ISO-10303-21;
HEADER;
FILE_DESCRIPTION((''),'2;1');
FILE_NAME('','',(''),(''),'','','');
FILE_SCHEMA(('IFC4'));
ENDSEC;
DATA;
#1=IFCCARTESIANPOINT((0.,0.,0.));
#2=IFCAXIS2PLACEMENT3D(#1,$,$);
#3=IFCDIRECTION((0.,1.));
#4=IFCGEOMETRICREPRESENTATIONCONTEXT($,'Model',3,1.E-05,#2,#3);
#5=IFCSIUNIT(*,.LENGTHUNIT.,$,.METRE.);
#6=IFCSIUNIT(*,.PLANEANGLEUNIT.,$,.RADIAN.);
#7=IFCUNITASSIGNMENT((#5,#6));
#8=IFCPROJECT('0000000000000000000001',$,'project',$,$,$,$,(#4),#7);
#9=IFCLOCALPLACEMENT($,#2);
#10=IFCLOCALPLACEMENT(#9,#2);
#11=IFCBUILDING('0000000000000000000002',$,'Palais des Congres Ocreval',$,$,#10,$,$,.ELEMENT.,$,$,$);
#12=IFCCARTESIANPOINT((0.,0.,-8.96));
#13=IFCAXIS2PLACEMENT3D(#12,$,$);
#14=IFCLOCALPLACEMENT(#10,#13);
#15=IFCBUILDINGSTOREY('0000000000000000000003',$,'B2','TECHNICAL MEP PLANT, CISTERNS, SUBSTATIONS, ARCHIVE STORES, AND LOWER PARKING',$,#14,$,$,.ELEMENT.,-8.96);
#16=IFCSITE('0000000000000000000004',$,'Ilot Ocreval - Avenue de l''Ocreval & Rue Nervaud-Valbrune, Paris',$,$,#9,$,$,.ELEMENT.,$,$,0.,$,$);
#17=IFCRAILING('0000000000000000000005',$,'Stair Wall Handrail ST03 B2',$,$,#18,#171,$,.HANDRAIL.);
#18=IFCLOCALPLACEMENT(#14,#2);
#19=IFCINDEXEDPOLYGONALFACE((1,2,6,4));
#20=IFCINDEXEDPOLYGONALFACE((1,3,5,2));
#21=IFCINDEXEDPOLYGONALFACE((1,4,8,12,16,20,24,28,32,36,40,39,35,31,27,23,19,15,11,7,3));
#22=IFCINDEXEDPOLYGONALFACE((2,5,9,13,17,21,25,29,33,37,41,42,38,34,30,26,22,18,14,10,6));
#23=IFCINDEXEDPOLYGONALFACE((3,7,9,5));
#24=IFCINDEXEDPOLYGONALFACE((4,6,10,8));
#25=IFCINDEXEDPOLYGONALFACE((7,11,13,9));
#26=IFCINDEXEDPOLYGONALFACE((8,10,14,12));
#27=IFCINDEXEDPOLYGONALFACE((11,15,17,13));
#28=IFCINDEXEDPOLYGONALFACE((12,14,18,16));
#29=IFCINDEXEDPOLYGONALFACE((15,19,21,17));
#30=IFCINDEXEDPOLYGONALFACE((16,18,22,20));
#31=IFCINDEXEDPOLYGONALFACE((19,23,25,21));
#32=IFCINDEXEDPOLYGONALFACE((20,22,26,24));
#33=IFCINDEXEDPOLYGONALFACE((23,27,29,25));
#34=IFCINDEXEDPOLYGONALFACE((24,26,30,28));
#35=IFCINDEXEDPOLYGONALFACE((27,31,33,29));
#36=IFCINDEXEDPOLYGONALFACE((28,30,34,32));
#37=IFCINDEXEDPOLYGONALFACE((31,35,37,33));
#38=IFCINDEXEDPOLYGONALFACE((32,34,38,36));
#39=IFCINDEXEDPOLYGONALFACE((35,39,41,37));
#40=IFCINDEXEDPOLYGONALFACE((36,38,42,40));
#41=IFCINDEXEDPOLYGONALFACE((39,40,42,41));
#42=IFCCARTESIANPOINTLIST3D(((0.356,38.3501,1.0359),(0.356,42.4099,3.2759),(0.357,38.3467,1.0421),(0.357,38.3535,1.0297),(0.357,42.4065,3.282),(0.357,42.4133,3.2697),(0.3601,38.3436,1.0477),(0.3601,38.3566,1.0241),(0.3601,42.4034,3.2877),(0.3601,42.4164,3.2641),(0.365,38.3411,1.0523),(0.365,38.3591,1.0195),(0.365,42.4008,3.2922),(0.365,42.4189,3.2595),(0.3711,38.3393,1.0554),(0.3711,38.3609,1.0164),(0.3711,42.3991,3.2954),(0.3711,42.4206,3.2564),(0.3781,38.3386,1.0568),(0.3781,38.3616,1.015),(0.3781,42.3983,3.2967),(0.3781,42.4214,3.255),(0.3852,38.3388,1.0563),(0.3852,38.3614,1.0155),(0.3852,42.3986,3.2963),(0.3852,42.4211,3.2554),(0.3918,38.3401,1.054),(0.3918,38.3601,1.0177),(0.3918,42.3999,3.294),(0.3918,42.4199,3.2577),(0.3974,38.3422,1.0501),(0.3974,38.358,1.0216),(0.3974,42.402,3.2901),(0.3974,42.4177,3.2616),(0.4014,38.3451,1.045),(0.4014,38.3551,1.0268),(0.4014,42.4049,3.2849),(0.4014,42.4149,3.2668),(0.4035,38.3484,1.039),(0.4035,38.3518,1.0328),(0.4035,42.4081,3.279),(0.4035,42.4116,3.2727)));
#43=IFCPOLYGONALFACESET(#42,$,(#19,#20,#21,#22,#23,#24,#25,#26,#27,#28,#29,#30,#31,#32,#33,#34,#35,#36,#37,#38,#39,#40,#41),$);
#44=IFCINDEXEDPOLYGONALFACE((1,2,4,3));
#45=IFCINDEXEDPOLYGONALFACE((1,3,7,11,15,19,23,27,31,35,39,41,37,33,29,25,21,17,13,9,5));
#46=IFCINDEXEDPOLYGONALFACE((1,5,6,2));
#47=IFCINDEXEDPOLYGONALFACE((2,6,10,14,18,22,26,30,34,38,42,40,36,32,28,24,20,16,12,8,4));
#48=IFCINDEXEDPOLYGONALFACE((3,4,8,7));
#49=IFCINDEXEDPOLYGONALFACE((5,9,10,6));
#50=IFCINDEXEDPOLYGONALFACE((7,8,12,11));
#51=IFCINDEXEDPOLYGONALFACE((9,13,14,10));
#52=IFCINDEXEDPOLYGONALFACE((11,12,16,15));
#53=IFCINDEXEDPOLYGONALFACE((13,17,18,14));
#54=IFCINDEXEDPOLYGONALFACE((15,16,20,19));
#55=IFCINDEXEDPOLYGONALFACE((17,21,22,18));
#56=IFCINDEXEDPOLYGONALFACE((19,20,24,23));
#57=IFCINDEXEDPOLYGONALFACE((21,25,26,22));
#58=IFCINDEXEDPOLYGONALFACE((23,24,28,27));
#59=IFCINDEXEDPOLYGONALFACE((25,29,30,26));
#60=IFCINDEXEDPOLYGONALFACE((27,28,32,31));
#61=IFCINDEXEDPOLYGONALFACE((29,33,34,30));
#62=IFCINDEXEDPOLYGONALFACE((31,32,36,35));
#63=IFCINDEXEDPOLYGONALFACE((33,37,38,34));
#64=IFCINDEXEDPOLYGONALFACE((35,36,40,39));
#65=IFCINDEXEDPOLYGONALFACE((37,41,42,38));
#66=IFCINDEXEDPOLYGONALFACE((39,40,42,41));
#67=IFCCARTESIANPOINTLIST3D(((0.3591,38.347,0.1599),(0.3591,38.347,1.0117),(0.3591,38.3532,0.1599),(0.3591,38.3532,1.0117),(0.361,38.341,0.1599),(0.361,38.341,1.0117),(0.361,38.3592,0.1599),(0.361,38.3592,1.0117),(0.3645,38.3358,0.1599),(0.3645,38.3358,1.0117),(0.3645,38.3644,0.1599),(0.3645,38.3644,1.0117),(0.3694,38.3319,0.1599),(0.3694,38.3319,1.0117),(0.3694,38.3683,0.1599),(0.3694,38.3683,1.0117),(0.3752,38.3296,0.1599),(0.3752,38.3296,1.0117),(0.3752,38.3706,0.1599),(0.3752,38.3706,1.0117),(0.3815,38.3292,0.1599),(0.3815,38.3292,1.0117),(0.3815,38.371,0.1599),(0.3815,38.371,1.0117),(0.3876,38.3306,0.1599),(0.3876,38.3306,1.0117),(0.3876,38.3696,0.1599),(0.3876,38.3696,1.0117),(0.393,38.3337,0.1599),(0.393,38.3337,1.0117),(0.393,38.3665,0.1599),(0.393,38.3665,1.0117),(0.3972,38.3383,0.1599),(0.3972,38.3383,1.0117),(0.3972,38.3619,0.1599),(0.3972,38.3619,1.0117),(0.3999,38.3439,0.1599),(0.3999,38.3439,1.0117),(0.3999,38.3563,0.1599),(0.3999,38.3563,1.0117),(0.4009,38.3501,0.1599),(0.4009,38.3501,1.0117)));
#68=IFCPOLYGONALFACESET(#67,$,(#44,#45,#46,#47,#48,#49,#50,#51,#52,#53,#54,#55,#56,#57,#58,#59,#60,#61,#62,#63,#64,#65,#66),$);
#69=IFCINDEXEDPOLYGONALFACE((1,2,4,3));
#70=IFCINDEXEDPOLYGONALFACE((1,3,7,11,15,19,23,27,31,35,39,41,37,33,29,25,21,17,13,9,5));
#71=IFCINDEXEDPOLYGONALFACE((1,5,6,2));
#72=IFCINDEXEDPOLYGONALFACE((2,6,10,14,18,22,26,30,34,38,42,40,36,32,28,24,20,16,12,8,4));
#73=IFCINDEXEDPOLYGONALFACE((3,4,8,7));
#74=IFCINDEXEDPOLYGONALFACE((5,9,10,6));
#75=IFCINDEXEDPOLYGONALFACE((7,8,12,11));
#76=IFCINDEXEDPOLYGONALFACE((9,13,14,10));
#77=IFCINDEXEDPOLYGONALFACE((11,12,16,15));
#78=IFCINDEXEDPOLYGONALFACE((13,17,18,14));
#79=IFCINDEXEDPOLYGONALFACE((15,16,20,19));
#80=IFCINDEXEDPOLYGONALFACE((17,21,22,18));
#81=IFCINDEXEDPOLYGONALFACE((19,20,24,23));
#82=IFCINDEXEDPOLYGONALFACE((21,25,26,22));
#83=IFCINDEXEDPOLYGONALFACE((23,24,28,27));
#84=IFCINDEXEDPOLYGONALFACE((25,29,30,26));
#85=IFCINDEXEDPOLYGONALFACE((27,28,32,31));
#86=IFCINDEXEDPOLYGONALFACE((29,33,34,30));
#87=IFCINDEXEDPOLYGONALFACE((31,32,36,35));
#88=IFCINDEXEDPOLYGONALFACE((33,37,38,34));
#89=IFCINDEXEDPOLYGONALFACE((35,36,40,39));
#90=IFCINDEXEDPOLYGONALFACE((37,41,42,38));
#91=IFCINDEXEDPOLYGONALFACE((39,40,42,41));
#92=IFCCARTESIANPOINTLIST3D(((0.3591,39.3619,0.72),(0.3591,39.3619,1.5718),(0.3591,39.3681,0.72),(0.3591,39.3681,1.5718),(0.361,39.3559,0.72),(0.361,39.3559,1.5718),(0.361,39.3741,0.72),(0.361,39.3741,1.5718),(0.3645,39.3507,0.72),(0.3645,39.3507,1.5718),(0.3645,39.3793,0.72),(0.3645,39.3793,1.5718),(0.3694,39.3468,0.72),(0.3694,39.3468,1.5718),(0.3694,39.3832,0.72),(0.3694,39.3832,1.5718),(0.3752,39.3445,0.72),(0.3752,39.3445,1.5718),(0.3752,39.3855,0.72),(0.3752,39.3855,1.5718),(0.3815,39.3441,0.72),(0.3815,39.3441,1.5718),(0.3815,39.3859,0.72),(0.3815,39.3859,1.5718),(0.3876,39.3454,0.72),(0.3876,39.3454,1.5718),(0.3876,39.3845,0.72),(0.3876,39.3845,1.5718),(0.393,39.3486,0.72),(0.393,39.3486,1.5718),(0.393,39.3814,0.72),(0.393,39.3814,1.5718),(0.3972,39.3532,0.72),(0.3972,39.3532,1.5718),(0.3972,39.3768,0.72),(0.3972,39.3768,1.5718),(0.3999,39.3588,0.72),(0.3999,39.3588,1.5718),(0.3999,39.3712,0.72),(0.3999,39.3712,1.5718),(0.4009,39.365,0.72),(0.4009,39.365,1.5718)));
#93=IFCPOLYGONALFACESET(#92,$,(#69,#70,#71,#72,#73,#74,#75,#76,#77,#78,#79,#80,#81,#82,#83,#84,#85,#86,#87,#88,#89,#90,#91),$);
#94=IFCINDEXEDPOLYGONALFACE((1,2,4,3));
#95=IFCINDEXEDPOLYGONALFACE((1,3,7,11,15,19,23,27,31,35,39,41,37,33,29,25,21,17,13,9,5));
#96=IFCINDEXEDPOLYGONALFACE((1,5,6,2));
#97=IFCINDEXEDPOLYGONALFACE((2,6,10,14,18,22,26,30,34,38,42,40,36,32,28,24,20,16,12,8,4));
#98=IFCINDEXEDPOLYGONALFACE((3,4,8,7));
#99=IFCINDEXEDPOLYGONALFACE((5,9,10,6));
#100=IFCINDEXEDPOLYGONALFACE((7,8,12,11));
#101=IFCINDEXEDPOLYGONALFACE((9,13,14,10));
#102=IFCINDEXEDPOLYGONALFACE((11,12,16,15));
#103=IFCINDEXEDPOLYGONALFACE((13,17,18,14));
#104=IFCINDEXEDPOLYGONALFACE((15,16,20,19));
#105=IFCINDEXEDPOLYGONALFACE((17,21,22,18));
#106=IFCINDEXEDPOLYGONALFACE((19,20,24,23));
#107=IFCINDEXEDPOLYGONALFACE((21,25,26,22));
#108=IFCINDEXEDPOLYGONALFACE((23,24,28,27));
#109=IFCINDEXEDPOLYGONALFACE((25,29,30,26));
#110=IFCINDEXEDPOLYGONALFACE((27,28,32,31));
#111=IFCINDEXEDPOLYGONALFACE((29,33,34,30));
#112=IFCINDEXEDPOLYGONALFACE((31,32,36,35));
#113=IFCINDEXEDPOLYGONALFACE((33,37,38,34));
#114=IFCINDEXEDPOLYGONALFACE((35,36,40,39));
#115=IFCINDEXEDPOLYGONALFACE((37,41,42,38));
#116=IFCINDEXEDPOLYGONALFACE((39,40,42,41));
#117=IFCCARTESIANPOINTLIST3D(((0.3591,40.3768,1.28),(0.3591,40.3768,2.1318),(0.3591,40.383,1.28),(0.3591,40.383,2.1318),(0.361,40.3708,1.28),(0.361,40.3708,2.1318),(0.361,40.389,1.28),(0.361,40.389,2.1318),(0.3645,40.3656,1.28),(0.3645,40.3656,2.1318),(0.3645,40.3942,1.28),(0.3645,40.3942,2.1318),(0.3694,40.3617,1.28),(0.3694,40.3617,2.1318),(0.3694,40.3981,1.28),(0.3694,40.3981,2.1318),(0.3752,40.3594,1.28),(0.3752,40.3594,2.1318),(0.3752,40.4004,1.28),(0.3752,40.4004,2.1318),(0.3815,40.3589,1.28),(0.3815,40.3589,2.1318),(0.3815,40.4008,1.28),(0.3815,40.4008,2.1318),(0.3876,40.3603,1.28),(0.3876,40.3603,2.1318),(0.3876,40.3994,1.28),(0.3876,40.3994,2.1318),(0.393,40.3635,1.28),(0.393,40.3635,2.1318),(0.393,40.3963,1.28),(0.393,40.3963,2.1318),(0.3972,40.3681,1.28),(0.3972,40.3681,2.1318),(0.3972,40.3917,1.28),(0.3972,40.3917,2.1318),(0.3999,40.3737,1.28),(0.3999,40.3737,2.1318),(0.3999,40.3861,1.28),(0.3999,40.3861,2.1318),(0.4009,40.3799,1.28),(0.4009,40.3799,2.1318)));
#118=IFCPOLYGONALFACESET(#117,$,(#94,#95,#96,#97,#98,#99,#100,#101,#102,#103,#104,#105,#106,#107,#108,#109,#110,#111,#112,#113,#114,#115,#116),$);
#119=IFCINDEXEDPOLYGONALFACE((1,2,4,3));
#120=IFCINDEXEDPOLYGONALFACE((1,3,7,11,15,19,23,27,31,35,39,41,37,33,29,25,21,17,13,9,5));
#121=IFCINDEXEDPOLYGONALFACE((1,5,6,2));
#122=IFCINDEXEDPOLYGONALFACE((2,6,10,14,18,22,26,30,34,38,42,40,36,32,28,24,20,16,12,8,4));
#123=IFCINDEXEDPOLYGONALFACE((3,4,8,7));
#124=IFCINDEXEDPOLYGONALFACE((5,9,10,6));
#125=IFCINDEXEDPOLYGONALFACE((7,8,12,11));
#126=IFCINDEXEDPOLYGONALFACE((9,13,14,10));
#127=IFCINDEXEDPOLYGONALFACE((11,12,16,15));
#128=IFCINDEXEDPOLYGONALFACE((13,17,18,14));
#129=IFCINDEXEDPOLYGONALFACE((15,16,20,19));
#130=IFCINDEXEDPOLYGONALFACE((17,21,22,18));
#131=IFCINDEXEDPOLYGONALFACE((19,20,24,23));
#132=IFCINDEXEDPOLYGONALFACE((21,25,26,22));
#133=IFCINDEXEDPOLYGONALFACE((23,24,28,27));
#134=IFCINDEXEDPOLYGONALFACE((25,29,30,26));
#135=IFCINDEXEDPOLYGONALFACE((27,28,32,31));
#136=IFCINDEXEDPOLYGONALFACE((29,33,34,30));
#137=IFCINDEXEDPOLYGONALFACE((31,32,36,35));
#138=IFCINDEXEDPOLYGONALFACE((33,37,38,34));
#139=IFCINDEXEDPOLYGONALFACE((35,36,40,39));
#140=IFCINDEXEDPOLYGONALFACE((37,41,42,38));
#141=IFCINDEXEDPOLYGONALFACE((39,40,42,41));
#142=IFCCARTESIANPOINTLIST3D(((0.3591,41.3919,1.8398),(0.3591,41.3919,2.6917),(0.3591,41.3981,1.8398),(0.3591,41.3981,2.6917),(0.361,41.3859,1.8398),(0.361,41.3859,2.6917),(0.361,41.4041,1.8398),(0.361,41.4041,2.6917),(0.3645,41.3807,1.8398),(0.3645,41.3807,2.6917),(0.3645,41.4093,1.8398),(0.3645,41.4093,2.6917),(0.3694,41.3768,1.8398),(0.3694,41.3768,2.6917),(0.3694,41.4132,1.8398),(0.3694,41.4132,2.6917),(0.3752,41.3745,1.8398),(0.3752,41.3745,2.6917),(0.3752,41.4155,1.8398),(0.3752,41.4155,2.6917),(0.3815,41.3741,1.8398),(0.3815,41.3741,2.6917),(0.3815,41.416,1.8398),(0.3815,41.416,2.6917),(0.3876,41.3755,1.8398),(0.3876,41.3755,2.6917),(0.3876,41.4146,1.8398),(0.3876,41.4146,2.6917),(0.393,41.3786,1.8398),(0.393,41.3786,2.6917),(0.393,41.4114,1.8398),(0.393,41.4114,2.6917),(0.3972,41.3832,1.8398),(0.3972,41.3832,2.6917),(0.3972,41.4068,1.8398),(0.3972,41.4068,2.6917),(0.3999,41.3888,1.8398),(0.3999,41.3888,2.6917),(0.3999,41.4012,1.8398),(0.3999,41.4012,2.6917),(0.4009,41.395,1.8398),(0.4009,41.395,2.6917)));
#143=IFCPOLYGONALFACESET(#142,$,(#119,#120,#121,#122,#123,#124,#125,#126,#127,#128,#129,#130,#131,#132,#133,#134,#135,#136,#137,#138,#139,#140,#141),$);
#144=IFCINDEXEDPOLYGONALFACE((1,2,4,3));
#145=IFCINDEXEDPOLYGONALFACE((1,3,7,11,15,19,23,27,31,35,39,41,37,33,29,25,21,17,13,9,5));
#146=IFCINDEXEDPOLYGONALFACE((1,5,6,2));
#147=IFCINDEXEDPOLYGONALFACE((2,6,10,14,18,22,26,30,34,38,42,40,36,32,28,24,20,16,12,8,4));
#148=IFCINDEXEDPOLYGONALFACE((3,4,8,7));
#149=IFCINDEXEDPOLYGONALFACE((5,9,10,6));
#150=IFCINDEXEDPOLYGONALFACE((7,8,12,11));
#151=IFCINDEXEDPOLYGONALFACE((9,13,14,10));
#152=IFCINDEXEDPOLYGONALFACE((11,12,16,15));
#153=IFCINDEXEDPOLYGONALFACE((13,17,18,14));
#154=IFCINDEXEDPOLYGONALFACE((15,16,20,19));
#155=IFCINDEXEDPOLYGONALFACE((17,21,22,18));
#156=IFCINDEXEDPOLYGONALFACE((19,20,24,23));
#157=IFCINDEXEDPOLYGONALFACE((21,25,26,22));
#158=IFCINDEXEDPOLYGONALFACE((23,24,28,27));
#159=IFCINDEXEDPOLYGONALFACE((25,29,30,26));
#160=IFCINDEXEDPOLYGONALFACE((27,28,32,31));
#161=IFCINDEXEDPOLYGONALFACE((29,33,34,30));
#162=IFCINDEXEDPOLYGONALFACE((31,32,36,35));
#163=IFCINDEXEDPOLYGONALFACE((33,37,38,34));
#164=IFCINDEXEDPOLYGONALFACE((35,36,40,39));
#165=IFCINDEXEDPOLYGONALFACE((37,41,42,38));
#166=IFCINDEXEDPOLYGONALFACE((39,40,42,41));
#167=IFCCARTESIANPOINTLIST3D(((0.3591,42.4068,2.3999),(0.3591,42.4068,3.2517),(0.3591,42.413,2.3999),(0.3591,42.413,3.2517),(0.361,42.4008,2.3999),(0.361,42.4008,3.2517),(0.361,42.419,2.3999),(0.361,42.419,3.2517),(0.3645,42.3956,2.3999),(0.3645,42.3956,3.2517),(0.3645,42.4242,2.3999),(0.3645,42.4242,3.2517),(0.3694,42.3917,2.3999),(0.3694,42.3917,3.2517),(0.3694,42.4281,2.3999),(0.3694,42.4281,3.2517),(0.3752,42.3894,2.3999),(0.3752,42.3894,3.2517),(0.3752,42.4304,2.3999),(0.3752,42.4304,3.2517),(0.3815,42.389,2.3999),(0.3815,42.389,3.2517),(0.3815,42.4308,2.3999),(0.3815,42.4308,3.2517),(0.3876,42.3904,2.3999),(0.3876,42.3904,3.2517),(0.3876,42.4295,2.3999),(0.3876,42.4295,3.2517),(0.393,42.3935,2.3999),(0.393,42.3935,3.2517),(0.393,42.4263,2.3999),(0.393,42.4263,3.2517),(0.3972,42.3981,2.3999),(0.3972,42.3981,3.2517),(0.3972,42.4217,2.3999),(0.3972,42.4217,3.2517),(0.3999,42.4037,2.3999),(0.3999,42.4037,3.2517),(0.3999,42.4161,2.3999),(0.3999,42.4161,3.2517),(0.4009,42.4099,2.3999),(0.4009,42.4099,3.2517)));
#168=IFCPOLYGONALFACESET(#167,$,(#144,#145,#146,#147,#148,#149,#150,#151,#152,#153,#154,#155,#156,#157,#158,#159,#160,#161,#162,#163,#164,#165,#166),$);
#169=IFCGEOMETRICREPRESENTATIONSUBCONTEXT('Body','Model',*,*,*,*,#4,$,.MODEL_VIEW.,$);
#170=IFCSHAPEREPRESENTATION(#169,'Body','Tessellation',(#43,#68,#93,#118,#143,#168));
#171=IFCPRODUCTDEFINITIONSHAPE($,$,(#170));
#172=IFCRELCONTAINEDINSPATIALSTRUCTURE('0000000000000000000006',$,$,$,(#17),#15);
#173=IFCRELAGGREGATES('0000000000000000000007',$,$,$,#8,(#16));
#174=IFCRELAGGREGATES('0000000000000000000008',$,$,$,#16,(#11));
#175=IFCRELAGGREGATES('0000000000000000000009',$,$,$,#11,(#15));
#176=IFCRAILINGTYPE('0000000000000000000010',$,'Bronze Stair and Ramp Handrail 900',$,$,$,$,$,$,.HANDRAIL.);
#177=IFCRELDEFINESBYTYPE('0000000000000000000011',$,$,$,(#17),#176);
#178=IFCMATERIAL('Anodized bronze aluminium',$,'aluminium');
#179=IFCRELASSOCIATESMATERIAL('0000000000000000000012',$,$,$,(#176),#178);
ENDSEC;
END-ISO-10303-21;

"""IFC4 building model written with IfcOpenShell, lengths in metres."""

from ifc_helpers import new_model, si_unit, direction, frame, origin, origin_2d, place, context, subcontext, project, spatial, circle, extrude, material, type_object, element, save


model = new_model("IFC4")

# Units and contexts
model_context = context("Model", 3, precision=1e-05, world=origin(), true_north=direction((0.0, 1.0)))
body_context = subcontext(model_context, "Body", "Model", "MODEL_VIEW")
ifc_project = project(units=[si_unit("LENGTHUNIT", "METRE"), si_unit("PLANEANGLEUNIT", "RADIAN")], contexts=[model_context])

# Site, building, storey
site_placement = place(None, origin())
site = spatial("IfcSite", under=ifc_project, at=site_placement, Name="Ilot Ocreval - Avenue de l'Ocreval & Rue Nervaud-Valbrune, Paris", CompositionType="ELEMENT", RefElevation=0.0)
building_placement = place(site_placement, origin())
building = spatial("IfcBuilding", under=site, at=building_placement, Name="Palais des Congres Ocreval", CompositionType="ELEMENT")
storey_placement = place(building_placement, frame((0.0, 0.0, -8.96)))
storey = spatial("IfcBuildingStorey", under=building, at=storey_placement, Name="B2", Description="TECHNICAL MEP PLANT, CISTERNS, SUBSTATIONS, ARCHIVE STORES, AND LOWER PARKING", CompositionType="ELEMENT", Elevation=-8.96)

# Railing
ifc_material_1 = material(Name="Anodized bronze aluminium", Category="aluminium")
railing_type_1 = type_object("IfcRailingType", Name="Bronze Stair and Ramp Handrail 900", PredefinedType="HANDRAIL", material=ifc_material_1)
railing_1_placement = place(storey_placement, frame((0.3799, 38.3501, 0.1599)))
element("IfcRailing", 1, at=railing_1_placement, inside=storey, type_object=railing_type_1, Name="Stair Wall Handrail ST03 B2", PredefinedType="HANDRAIL", context=body_context, shape_type="SweptSolid", body=[
    extrude(circle(Radius=0.0239, at=origin_2d()), frame((0.0, 0.0, 0.876), z_axis=(0.0, 0.875569, 0.483093), x_axis=(-1.0, 0.0, 0.0)), (0.0, 0.0, 1.0), 4.6367),
    extrude(circle(Radius=0.021, at=origin_2d()), origin(), (0.0, 0.0, 1.0), 0.8518),
    extrude(circle(Radius=0.021, at=origin_2d()), frame((0.0, 1.0149, 0.5601)), (0.0, 0.0, 1.0), 0.8518),
    extrude(circle(Radius=0.021, at=origin_2d()), frame((0.0, 2.0298, 1.1201)), (0.0, 0.0, 1.0), 0.8518),
    extrude(circle(Radius=0.021, at=origin_2d()), frame((0.0, 3.0449, 1.6799)), (0.0, 0.0, 1.0), 0.8518),
    extrude(circle(Radius=0.021, at=origin_2d()), frame((0.0, 4.0598, 2.24)), (0.0, 0.0, 1.0), 0.8518),
])

save(model, "model.ifc")
